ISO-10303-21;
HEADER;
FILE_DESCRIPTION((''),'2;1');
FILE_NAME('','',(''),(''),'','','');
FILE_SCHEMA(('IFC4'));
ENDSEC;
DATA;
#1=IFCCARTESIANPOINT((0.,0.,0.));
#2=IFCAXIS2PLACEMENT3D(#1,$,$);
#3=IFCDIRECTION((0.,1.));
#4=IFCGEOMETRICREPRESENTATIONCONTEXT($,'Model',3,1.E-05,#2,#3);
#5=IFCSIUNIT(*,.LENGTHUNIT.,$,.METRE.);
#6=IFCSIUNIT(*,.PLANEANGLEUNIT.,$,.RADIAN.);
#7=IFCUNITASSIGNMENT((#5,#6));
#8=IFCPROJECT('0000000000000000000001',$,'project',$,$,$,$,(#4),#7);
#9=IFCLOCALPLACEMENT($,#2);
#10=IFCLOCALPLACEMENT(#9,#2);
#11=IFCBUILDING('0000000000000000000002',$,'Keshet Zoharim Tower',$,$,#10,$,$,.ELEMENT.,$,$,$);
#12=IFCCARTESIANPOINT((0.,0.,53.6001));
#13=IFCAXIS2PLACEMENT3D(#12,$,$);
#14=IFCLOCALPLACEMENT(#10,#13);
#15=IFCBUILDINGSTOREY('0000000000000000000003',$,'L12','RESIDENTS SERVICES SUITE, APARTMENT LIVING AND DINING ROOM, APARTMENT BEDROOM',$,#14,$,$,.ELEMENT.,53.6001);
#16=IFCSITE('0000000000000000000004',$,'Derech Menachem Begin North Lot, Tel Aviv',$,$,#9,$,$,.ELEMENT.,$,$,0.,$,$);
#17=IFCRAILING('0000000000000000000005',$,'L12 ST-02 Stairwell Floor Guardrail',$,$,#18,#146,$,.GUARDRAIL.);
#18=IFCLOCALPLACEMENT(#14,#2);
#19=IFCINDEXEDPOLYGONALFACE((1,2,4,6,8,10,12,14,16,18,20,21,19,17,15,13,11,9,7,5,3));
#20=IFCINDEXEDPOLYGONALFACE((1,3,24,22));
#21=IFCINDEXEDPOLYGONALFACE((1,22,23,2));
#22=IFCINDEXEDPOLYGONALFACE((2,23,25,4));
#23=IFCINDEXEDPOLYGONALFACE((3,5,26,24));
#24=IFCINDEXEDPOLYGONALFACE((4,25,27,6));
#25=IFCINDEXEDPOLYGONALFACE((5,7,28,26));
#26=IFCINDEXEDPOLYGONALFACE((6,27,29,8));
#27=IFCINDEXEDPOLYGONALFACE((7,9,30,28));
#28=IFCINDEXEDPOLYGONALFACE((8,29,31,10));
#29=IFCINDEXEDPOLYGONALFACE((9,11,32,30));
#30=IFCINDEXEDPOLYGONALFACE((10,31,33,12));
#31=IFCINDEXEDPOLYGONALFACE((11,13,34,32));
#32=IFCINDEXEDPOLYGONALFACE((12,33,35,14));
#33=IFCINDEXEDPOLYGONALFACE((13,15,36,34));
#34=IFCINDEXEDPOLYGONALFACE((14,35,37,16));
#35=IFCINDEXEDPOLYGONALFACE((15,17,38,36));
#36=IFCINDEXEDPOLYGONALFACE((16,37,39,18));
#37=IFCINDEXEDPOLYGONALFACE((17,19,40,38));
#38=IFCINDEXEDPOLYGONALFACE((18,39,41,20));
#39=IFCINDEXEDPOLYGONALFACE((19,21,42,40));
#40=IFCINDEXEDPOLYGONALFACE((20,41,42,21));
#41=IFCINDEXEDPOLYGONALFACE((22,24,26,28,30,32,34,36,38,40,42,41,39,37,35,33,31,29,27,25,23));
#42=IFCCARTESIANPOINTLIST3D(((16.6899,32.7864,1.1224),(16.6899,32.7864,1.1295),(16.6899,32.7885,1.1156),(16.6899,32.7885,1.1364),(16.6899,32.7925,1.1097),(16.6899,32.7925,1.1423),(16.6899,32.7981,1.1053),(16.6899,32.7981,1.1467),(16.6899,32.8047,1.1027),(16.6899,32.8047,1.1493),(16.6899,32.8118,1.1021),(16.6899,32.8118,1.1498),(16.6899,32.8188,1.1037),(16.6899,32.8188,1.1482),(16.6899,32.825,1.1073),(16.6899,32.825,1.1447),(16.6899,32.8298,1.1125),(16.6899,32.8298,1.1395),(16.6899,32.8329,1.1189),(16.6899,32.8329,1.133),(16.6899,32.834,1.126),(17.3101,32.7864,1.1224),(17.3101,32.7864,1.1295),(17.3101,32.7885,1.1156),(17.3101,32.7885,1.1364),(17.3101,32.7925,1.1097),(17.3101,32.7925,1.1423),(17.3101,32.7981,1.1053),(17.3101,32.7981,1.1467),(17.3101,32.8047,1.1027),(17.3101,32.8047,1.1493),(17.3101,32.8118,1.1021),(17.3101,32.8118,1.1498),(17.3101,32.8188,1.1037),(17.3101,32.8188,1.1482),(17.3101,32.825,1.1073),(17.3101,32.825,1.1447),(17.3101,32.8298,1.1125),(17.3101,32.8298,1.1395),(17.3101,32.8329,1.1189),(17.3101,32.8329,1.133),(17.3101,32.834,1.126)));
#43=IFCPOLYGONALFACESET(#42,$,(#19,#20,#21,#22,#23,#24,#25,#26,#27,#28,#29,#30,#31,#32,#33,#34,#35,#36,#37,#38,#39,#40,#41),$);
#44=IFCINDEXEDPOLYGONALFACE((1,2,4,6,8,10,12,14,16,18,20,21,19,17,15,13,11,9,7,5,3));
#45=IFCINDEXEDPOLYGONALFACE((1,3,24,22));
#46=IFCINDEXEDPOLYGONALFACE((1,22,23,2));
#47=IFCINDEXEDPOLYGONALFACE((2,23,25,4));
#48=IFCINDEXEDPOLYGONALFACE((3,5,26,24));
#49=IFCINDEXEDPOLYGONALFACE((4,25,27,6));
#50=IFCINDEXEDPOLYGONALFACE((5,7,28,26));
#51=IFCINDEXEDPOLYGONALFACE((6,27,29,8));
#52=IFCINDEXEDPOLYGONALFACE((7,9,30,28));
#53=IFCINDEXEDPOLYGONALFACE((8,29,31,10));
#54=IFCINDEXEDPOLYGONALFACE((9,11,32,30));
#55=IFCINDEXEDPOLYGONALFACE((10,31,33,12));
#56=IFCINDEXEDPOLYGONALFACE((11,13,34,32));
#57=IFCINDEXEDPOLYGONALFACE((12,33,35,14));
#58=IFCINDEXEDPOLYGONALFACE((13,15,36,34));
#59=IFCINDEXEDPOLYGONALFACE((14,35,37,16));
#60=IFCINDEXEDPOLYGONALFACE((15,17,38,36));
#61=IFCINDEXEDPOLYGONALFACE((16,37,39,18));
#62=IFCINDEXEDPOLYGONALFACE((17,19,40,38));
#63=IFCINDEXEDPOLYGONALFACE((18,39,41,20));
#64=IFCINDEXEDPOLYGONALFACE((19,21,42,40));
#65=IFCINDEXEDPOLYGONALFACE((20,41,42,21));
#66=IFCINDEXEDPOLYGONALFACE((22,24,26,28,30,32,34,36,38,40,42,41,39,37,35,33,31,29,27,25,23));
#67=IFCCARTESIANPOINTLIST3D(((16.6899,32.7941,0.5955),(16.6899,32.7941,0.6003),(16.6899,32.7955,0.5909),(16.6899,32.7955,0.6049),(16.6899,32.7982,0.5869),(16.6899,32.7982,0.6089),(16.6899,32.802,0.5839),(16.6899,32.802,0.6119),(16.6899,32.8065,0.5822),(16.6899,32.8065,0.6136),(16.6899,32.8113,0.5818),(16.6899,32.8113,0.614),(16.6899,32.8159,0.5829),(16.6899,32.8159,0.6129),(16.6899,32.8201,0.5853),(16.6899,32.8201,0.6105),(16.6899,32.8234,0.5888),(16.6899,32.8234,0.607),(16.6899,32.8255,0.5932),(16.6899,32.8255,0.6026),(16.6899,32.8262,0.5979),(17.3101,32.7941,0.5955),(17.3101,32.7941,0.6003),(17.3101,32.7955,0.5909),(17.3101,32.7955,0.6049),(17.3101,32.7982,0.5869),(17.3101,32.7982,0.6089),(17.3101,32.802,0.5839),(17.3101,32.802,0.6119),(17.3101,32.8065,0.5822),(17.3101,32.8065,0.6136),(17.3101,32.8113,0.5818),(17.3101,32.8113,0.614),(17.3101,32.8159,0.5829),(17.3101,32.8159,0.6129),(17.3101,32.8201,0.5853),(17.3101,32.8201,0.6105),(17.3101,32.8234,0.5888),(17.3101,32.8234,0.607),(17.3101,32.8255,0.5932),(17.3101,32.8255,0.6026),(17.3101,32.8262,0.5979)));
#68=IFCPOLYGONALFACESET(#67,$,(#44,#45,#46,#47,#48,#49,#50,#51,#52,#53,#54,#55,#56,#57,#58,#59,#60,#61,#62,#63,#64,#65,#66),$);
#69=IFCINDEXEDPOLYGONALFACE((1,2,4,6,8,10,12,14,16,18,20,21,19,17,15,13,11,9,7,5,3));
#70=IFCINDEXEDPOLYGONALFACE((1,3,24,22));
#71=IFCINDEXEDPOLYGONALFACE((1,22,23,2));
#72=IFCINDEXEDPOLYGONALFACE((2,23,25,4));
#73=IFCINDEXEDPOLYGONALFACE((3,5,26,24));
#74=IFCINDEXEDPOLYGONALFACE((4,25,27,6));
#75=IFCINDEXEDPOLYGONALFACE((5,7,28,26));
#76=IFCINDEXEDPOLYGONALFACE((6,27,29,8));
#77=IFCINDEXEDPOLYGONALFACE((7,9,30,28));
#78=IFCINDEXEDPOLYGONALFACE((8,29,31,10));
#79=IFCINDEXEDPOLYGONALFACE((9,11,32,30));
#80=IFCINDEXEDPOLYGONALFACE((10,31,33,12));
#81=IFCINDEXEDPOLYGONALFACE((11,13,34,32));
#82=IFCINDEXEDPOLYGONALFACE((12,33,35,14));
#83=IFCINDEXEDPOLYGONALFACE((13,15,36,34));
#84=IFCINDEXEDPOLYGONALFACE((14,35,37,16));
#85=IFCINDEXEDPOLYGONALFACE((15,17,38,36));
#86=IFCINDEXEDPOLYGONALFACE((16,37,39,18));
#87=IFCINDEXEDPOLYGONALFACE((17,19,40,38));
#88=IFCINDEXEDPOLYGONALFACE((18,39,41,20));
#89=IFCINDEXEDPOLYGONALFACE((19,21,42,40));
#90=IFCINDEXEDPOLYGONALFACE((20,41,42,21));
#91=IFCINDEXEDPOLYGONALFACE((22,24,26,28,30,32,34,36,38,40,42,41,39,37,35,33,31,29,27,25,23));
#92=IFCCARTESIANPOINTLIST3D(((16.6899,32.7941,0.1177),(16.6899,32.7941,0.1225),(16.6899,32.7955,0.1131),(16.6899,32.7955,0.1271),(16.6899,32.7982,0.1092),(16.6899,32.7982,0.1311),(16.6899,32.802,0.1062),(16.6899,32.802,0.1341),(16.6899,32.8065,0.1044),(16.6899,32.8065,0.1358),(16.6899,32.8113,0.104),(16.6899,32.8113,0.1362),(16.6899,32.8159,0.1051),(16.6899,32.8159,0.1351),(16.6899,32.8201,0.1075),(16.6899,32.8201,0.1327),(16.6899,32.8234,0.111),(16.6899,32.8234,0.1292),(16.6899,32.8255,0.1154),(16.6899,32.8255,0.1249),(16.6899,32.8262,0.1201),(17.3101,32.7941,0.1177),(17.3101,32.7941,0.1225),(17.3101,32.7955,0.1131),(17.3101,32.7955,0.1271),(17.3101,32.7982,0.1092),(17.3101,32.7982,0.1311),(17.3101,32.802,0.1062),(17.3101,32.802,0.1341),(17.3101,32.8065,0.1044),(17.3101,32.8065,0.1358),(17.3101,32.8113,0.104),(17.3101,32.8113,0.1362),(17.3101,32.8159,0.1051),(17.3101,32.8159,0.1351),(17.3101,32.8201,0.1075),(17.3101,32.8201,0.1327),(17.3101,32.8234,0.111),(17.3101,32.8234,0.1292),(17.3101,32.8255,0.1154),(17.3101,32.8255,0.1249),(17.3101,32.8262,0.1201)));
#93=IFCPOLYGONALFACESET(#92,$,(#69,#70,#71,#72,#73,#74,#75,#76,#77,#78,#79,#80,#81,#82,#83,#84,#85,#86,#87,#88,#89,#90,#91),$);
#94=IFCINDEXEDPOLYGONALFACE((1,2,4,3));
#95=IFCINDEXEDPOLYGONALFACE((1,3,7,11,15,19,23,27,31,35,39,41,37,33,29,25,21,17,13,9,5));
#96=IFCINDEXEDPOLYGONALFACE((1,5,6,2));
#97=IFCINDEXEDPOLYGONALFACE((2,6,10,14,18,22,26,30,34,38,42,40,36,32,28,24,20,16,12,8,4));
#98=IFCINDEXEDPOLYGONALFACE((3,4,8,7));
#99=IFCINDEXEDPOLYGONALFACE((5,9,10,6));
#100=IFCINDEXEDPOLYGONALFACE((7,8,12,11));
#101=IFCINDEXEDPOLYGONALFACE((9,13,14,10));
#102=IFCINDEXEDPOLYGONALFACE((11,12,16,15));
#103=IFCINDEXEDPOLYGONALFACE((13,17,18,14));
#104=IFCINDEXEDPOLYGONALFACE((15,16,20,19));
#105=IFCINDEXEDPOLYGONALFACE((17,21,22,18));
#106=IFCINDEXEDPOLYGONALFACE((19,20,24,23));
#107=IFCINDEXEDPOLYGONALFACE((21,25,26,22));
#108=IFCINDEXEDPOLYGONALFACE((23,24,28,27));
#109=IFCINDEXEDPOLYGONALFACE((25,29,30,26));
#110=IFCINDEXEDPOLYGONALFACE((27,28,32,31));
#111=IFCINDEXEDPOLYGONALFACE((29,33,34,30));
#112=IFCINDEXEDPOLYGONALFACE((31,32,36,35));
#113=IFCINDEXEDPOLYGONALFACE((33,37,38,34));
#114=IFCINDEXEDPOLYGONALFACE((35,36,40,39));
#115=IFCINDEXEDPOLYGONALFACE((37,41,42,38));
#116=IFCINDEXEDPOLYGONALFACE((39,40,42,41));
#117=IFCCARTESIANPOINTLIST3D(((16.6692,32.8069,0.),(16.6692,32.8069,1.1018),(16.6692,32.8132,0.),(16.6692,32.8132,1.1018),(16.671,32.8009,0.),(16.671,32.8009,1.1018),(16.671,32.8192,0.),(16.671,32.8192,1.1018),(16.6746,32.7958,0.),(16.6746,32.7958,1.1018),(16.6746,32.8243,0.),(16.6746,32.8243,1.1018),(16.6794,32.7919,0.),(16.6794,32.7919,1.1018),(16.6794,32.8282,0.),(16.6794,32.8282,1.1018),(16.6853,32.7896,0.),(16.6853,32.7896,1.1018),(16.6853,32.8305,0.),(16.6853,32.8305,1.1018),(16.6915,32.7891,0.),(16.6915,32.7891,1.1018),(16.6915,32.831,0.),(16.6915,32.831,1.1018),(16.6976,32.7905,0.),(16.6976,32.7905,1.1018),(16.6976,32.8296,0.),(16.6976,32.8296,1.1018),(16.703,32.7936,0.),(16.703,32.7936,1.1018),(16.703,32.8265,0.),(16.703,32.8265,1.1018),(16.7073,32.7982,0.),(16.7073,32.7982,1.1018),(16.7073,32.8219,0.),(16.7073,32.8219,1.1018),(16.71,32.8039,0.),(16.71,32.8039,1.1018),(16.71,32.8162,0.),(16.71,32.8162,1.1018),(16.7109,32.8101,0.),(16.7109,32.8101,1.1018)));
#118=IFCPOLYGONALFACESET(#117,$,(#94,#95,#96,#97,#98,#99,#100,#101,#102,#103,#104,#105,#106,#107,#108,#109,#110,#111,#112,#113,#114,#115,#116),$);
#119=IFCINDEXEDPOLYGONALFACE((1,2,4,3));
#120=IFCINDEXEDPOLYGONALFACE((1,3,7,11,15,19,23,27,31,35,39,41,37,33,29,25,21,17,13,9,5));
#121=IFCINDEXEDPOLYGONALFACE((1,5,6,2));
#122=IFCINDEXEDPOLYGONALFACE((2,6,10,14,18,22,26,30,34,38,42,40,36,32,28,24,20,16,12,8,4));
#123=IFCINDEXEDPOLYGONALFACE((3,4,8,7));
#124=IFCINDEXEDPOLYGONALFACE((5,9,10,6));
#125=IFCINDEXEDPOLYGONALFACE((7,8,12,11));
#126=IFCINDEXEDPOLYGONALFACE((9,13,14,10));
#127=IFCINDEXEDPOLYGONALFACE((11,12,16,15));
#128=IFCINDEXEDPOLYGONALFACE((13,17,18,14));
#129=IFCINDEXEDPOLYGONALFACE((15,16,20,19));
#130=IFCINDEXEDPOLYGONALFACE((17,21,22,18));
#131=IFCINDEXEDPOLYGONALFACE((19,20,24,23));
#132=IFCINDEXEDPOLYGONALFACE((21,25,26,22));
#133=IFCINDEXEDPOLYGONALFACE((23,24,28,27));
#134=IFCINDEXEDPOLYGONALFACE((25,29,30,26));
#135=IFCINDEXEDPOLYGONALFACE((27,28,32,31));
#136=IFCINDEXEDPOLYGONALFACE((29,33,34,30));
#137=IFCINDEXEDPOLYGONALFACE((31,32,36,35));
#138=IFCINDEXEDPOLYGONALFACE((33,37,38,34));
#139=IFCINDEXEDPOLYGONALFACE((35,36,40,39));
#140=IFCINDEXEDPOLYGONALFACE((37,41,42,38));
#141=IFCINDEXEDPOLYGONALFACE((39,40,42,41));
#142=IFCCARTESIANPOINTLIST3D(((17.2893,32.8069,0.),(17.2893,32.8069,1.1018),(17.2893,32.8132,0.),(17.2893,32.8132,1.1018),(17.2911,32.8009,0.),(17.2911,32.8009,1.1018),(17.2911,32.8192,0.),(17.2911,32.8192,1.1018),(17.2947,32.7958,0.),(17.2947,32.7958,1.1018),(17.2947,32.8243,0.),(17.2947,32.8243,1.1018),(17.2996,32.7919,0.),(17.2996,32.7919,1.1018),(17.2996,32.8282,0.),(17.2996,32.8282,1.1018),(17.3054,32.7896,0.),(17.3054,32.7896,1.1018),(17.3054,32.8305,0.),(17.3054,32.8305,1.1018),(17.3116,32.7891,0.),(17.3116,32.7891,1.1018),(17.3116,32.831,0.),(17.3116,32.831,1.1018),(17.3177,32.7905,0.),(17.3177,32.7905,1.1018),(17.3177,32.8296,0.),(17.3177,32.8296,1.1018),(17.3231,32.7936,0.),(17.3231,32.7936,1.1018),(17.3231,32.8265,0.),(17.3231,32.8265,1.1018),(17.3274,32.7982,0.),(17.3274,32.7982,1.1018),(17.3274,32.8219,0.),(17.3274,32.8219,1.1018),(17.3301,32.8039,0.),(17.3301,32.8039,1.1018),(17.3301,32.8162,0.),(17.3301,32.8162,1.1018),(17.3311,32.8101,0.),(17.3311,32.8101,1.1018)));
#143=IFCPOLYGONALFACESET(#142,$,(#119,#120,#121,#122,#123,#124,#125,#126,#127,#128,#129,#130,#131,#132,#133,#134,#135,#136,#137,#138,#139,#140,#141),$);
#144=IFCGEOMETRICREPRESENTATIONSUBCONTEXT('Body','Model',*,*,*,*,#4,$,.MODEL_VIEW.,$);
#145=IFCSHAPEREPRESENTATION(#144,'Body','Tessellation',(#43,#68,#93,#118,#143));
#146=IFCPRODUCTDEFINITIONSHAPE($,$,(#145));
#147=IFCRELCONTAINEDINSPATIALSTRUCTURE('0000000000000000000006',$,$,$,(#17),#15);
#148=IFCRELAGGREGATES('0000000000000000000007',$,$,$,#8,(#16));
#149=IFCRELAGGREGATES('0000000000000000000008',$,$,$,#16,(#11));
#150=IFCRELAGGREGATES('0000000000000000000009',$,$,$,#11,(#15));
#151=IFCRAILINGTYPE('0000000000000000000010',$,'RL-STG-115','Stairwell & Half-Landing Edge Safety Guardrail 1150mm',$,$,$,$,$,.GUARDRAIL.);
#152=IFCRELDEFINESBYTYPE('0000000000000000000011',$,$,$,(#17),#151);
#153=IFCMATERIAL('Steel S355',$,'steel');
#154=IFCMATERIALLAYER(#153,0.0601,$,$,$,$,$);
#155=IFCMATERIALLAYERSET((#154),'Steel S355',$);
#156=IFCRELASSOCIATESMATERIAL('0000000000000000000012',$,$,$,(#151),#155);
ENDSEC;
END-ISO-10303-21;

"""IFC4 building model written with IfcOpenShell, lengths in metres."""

from ifc_helpers import new_model, si_unit, direction, frame, origin, origin_2d, place, context, subcontext, project, spatial, circle, extrude, material, layer, layer_set, type_object, element, save


model = new_model("IFC4")

# Units and contexts
model_context = context("Model", 3, precision=1e-05, world=origin(), true_north=direction((0.0, 1.0)))
body_context = subcontext(model_context, "Body", "Model", "MODEL_VIEW")
ifc_project = project(units=[si_unit("LENGTHUNIT", "METRE"), si_unit("PLANEANGLEUNIT", "RADIAN")], contexts=[model_context])

# Site, building, storey
site_placement = place(None, origin())
site = spatial("IfcSite", under=ifc_project, at=site_placement, Name="Derech Menachem Begin North Lot, Tel Aviv", CompositionType="ELEMENT", RefElevation=0.0)
building_placement = place(site_placement, origin())
building = spatial("IfcBuilding", under=site, at=building_placement, Name="Keshet Zoharim Tower", CompositionType="ELEMENT")
storey_placement = place(building_placement, frame((0.0, 0.0, 53.6001)))
storey = spatial("IfcBuildingStorey", under=building, at=storey_placement, Name="L12", Description="RESIDENTS SERVICES SUITE, APARTMENT LIVING AND DINING ROOM, APARTMENT BEDROOM", CompositionType="ELEMENT", Elevation=53.6001)

# Railing
ifc_material_1 = material(Name="Steel S355", Category="steel")
ifc_layer_1 = layer(ifc_material_1, 0.0601)
ifc_layer_set_1 = layer_set([ifc_layer_1], Name="Steel S355")
railing_type_1 = type_object("IfcRailingType", Name="RL-STG-115", Description="Stairwell & Half-Landing Edge Safety Guardrail 1150mm", PredefinedType="GUARDRAIL", material=ifc_layer_set_1)
railing_1_placement = place(storey_placement, frame((16.6899, 32.8101, 0.0)))
element("IfcRailing", 1, at=railing_1_placement, inside=storey, type_object=railing_type_1, Name="L12 ST-02 Stairwell Floor Guardrail", PredefinedType="GUARDRAIL", context=body_context, shape_type="SweptSolid", body=[
    extrude(circle(Radius=0.0239, at=origin_2d()), frame((0.0, 0.0, 1.126), z_axis=(1.0, 0.0, 0.0), x_axis=(0.0, 1.0, 0.0)), (0.0, 0.0, 1.0), 0.6201),
    extrude(circle(Radius=0.0161, at=origin_2d()), frame((0.0, 0.0, 0.5979), z_axis=(1.0, 0.0, 0.0), x_axis=(0.0, 1.0, 0.0)), (0.0, 0.0, 1.0), 0.6201),
    extrude(circle(Radius=0.0161, at=origin_2d()), frame((0.0, 0.0, 0.1201), z_axis=(1.0, 0.0, 0.0), x_axis=(0.0, 1.0, 0.0)), (0.0, 0.0, 1.0), 0.6201),
    extrude(circle(Radius=0.021, at=origin_2d()), origin(), (0.0, 0.0, 1.0), 1.1018),
    extrude(circle(Radius=0.021, at=origin_2d()), frame((0.6201, 0.0, 0.0)), (0.0, 0.0, 1.0), 1.1018),
])

save(model, "model.ifc")
